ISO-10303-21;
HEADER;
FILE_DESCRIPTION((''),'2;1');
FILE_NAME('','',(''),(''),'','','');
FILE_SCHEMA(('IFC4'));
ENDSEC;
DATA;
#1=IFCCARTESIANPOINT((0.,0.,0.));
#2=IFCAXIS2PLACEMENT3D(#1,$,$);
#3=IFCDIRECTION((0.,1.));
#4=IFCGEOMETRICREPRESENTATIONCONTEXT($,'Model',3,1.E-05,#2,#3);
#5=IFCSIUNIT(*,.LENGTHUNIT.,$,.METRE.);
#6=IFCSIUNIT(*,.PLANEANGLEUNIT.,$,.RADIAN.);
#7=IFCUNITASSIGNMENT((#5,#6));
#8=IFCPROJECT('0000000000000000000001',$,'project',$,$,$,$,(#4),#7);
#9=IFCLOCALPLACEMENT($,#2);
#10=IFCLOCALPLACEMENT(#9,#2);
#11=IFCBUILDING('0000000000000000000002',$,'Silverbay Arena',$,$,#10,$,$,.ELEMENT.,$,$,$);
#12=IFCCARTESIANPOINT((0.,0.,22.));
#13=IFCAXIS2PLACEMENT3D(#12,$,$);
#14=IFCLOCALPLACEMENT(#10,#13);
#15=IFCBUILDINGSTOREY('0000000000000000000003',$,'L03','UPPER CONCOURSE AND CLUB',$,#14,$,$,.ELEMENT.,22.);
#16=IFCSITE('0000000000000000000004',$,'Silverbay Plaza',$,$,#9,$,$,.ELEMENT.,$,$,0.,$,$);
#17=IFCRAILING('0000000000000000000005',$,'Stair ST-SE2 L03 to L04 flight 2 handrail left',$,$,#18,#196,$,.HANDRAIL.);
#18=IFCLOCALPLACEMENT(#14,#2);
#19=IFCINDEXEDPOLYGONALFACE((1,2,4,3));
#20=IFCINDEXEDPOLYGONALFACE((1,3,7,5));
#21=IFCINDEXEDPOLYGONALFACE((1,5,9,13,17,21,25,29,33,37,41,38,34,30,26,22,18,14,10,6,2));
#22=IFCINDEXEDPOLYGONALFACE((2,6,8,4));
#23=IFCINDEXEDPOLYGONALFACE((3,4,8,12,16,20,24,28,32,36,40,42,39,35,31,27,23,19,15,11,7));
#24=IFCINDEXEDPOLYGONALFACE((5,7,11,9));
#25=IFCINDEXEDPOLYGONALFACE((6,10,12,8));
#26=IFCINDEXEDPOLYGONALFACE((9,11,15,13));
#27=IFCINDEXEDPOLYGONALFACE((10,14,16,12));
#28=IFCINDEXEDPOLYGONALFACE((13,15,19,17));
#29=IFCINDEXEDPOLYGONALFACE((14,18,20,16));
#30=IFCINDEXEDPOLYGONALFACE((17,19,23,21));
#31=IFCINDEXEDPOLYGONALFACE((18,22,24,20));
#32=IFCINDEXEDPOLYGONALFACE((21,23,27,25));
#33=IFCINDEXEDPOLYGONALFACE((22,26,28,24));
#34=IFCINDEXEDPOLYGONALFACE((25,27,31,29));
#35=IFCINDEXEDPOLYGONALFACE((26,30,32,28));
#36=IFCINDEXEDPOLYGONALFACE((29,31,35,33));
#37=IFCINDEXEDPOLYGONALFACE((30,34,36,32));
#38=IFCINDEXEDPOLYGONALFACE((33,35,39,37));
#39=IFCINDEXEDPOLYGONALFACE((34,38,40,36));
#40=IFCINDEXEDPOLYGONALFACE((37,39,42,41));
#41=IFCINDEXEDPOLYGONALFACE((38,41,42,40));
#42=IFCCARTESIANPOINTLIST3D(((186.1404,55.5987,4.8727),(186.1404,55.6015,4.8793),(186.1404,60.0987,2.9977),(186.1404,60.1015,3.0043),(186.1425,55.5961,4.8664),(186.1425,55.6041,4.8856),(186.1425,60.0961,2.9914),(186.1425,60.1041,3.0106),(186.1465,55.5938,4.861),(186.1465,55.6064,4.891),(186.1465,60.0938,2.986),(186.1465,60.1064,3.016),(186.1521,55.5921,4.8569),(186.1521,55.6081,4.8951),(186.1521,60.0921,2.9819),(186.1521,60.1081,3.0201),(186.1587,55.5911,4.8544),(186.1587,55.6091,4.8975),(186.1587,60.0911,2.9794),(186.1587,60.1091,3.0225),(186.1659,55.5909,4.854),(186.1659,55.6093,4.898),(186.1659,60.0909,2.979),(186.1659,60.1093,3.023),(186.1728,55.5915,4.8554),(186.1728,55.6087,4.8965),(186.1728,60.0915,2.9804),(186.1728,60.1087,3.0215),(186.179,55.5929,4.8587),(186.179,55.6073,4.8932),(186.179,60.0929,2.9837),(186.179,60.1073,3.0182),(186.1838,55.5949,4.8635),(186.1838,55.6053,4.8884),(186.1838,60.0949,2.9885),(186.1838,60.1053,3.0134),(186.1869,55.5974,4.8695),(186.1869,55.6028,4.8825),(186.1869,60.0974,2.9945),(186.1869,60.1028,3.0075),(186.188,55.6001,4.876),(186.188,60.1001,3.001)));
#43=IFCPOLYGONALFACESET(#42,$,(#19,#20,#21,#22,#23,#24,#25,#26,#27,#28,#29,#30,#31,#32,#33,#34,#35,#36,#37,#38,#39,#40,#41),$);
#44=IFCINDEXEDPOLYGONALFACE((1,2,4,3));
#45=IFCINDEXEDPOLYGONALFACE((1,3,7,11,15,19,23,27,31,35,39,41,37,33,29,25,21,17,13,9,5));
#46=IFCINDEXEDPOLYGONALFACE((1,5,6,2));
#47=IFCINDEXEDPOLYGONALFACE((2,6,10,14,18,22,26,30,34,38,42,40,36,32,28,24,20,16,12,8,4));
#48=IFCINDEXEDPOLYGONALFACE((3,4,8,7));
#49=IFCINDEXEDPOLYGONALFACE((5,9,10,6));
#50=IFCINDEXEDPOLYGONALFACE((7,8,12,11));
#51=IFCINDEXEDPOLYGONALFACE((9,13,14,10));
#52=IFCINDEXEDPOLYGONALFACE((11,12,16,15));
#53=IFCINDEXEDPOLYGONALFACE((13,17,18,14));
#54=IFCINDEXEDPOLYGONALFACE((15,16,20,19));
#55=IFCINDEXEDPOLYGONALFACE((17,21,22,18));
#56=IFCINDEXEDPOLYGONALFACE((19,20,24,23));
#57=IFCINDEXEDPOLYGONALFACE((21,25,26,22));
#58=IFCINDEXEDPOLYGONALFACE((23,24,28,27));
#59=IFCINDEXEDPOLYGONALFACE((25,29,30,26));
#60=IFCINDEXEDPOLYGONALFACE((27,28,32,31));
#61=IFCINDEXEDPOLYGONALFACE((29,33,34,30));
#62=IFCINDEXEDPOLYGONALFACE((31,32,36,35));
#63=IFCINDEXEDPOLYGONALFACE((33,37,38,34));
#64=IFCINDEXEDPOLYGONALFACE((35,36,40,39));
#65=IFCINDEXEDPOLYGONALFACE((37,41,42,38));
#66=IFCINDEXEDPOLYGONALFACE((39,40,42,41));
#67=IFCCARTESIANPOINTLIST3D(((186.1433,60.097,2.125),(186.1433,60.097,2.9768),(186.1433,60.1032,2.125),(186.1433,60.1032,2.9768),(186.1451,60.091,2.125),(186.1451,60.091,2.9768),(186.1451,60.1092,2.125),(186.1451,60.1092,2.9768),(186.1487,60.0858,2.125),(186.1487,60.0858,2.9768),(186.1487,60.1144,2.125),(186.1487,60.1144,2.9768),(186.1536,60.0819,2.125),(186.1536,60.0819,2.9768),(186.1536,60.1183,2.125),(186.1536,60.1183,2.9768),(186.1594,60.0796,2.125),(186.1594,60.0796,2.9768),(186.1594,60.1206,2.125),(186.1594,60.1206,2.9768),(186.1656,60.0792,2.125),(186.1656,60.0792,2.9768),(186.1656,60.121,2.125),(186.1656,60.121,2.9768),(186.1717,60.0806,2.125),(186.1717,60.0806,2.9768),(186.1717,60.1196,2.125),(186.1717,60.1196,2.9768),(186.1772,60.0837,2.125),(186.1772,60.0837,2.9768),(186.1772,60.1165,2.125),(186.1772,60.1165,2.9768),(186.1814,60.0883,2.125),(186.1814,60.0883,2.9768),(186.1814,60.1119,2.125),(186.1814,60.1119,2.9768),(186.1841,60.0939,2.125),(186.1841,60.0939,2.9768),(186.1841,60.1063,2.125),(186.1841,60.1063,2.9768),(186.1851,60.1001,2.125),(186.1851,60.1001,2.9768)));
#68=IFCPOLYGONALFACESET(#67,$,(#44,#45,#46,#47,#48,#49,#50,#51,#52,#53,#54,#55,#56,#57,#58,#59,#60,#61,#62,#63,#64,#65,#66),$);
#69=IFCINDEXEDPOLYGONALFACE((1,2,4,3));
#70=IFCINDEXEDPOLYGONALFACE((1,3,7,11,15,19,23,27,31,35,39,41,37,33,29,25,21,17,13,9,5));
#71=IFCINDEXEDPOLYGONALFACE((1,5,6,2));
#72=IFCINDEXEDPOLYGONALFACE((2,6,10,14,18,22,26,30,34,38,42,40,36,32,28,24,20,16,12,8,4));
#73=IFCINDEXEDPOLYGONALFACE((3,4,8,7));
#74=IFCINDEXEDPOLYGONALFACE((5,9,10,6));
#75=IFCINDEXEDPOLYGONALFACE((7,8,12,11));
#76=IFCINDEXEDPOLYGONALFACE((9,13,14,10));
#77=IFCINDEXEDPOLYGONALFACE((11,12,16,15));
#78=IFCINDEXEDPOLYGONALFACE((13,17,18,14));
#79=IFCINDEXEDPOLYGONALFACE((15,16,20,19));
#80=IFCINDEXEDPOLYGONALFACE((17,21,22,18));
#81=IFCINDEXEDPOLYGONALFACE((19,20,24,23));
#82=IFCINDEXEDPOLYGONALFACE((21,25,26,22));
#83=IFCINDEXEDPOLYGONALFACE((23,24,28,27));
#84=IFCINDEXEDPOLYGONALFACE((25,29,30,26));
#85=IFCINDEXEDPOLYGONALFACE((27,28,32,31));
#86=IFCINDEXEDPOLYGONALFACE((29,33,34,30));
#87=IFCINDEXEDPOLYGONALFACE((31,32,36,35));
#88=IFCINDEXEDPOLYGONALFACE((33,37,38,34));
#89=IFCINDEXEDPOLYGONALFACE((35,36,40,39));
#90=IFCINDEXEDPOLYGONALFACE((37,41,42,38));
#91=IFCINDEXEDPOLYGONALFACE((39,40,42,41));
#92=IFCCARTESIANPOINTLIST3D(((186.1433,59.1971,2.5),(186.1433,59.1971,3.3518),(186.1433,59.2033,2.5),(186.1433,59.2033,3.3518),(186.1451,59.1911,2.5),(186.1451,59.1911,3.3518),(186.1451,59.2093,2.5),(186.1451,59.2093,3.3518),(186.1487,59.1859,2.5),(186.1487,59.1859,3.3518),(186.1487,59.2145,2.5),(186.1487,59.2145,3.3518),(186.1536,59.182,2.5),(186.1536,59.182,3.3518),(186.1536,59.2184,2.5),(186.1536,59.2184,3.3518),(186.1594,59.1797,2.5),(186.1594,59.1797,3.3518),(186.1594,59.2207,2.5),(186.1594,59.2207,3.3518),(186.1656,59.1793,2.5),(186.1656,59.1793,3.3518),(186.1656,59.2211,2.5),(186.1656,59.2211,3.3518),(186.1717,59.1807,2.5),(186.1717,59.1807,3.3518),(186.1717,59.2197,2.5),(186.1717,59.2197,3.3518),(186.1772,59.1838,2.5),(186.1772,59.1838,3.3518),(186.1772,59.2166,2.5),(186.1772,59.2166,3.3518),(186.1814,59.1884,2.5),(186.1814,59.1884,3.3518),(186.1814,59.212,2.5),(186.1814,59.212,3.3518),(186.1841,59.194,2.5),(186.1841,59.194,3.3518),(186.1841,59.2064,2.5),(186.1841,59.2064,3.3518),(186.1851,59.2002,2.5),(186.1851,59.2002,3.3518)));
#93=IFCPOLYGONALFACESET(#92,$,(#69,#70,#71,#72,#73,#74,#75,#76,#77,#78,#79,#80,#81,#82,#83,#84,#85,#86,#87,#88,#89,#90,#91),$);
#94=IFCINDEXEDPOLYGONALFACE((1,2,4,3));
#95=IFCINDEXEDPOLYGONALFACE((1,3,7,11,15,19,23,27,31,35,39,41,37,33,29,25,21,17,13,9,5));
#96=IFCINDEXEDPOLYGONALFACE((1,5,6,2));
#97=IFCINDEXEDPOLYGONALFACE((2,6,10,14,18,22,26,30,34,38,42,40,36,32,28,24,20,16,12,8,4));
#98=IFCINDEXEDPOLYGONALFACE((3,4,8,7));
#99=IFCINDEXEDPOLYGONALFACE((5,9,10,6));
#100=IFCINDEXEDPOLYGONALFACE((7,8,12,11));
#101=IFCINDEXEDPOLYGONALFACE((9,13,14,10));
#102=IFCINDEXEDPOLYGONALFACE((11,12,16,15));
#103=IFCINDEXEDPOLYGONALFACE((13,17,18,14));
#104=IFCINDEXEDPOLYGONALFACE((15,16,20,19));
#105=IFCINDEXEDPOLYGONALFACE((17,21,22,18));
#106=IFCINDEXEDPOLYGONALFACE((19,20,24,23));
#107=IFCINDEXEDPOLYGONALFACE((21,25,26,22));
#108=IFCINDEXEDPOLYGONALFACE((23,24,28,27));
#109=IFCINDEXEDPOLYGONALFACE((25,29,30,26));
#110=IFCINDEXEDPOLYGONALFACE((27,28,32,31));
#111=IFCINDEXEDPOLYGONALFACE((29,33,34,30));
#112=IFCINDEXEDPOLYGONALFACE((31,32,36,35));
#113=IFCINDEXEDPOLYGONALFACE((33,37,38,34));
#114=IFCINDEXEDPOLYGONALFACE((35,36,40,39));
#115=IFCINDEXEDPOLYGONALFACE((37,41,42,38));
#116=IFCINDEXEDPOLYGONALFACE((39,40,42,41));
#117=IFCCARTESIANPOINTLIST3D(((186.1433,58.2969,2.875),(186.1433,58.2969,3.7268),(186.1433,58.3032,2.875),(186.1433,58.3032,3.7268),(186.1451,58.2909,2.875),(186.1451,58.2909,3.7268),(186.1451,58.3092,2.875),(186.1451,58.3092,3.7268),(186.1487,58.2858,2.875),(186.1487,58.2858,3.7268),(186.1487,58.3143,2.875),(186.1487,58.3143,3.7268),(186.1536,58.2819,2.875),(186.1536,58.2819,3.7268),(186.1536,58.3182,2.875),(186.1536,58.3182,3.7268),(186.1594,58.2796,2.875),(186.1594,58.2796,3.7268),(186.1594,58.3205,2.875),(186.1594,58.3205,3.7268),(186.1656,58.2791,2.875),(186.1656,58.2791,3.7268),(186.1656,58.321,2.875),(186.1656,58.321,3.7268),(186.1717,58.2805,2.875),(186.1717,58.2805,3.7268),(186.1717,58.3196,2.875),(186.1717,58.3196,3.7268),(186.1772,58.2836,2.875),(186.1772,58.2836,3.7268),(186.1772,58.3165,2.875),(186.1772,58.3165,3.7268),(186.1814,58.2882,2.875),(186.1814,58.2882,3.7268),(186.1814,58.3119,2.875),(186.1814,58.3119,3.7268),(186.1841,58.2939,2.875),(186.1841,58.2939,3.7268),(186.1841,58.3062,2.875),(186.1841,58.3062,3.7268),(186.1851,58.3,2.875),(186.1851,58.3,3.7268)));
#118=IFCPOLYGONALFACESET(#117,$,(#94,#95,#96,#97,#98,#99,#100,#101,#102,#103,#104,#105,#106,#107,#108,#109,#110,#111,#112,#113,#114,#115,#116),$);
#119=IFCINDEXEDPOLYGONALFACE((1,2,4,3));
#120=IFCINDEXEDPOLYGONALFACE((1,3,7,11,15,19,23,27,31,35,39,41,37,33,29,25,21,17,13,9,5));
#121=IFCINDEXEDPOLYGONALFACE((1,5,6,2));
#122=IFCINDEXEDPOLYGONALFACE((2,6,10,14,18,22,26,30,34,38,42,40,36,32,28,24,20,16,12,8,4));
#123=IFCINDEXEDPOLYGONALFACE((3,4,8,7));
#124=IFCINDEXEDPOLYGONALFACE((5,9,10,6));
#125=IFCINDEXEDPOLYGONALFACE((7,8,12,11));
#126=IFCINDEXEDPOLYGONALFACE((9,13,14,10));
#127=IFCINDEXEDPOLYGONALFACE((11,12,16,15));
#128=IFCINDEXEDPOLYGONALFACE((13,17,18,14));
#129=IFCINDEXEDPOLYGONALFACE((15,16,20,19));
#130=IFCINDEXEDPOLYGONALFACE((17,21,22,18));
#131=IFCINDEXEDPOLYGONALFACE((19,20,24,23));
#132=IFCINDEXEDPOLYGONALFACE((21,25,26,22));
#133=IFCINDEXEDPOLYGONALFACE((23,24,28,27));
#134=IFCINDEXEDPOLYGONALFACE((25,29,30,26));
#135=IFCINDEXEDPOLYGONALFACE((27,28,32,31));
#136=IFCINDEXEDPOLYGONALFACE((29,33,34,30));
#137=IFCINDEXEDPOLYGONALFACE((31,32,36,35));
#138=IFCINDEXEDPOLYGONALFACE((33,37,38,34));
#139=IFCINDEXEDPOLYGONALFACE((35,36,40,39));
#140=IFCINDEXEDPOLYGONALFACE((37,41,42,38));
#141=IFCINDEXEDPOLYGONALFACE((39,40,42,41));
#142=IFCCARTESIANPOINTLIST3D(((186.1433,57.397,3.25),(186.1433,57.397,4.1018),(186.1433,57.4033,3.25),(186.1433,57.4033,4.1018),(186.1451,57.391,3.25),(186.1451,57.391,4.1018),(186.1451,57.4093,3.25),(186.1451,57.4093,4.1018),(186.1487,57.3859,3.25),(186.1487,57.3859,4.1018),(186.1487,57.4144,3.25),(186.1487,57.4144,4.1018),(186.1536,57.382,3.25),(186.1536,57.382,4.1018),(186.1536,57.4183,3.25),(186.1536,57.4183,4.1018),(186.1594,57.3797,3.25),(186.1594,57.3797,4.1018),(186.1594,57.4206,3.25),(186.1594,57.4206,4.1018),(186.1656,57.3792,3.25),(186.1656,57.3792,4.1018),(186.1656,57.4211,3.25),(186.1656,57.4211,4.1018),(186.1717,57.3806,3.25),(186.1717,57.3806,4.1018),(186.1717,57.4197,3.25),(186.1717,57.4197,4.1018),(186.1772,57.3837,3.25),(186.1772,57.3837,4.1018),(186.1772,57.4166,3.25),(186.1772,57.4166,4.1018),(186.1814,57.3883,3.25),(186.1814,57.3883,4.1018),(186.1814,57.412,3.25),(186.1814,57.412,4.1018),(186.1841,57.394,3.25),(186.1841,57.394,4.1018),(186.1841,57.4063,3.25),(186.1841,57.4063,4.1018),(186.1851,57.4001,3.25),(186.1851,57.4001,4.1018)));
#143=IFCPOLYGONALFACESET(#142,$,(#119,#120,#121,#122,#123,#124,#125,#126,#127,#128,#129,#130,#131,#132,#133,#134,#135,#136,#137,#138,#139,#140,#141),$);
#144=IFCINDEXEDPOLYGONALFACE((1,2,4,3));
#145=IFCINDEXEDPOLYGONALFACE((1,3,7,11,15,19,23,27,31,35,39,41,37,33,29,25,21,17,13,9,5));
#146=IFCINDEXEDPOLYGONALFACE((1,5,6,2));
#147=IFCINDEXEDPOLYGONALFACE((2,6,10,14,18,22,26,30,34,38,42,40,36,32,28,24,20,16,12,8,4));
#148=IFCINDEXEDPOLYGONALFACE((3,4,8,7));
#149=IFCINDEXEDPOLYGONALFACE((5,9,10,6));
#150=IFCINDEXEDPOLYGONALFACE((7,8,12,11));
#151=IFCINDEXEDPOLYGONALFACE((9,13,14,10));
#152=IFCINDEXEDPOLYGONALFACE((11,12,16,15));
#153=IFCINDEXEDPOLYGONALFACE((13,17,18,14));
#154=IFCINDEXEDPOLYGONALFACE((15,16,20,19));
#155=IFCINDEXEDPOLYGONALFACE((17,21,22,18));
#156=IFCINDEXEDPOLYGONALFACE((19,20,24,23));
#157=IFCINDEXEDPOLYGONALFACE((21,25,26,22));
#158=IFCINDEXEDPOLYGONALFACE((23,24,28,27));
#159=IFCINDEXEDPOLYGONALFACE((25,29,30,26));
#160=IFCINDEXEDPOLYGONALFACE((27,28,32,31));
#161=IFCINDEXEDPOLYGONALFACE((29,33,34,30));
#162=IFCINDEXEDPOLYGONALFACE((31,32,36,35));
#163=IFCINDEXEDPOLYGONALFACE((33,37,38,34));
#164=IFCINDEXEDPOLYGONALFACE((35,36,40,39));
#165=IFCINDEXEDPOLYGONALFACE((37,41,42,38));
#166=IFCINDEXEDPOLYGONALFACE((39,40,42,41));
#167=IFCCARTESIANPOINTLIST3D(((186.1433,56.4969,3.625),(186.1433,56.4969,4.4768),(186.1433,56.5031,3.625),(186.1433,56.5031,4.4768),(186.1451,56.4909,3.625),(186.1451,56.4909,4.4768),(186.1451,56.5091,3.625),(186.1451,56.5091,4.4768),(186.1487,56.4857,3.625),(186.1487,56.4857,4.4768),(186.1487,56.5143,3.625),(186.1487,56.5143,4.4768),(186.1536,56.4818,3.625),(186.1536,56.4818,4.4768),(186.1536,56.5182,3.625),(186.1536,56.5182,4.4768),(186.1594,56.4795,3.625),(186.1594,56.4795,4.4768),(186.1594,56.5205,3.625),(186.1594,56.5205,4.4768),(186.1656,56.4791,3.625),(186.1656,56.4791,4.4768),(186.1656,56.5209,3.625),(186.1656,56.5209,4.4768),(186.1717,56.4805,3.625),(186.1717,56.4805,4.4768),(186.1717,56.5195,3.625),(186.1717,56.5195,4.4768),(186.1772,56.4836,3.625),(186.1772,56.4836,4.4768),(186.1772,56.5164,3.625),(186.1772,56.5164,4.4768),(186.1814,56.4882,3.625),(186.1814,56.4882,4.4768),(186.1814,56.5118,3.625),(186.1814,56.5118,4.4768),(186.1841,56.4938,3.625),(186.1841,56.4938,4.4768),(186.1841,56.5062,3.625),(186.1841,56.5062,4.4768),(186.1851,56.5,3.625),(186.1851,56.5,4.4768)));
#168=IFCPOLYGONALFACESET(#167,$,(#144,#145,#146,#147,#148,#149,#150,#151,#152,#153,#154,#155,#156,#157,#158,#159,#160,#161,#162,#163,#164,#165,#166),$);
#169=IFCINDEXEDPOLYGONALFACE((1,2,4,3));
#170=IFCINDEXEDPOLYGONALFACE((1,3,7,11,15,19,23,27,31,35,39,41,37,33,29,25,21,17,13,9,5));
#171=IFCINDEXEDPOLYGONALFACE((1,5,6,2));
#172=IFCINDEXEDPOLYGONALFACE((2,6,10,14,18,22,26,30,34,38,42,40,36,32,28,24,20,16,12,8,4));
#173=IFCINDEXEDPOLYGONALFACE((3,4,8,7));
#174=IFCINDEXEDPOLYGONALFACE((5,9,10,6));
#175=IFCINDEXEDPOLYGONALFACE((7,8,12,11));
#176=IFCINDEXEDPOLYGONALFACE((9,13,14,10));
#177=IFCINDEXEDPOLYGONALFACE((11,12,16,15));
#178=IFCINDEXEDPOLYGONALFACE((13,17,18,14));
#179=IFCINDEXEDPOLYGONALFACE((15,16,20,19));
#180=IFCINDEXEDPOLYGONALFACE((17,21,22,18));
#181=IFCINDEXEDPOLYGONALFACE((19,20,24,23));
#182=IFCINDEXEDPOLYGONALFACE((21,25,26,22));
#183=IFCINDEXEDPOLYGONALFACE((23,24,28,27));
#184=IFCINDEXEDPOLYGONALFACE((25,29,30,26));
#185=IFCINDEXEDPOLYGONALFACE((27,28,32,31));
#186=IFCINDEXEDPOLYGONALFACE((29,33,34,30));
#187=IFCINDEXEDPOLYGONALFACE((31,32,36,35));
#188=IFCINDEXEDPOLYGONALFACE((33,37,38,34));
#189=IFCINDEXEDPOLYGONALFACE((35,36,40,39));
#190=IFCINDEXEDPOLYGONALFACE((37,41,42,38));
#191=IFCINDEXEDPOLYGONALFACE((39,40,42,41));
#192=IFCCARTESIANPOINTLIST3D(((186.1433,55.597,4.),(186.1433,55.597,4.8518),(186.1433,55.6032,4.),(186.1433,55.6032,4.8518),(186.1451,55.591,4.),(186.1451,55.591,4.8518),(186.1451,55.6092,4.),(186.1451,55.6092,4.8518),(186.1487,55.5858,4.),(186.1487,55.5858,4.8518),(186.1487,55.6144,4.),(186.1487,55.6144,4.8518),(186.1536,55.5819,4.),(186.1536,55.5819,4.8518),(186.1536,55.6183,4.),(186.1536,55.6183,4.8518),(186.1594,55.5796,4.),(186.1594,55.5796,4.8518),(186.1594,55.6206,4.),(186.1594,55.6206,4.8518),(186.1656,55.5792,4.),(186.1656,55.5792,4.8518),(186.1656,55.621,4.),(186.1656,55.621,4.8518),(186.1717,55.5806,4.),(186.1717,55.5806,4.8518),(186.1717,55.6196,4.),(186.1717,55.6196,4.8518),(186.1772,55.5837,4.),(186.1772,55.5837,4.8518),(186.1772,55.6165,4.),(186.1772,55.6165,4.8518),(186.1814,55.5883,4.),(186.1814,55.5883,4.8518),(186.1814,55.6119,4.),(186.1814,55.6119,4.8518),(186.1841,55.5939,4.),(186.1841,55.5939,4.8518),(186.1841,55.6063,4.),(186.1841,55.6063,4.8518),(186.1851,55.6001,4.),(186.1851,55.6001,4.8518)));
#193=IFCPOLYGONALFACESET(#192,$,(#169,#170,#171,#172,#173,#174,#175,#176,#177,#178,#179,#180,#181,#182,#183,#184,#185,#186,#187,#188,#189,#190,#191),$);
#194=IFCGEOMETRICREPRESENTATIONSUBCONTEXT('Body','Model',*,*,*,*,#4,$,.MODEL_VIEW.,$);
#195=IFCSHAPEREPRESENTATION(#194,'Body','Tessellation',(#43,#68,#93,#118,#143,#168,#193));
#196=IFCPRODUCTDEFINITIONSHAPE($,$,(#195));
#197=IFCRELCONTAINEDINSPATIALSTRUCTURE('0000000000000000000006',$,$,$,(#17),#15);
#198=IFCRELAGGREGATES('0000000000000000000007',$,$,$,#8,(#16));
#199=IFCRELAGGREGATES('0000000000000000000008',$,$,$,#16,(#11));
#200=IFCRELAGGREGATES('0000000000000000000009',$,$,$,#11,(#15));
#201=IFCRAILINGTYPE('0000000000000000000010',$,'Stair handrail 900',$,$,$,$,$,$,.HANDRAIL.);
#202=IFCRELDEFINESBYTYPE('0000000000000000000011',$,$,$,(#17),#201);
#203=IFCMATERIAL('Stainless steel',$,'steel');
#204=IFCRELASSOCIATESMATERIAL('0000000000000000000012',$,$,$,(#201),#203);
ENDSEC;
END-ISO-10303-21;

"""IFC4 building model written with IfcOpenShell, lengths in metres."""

from ifc_helpers import new_model, si_unit, direction, frame, origin, origin_2d, place, context, subcontext, project, spatial, circle, extrude, material, type_object, element, save


model = new_model("IFC4")

# Units and contexts
model_context = context("Model", 3, precision=1e-05, world=origin(), true_north=direction((0.0, 1.0)))
body_context = subcontext(model_context, "Body", "Model", "MODEL_VIEW")
ifc_project = project(units=[si_unit("LENGTHUNIT", "METRE"), si_unit("PLANEANGLEUNIT", "RADIAN")], contexts=[model_context])

# Site, building, storey
site_placement = place(None, origin())
site = spatial("IfcSite", under=ifc_project, at=site_placement, Name="Silverbay Plaza", CompositionType="ELEMENT", RefElevation=0.0)
building_placement = place(site_placement, origin())
building = spatial("IfcBuilding", under=site, at=building_placement, Name="Silverbay Arena", CompositionType="ELEMENT")
storey_placement = place(building_placement, frame((0.0, 0.0, 22.0)))
storey = spatial("IfcBuildingStorey", under=building, at=storey_placement, Name="L03", Description="UPPER CONCOURSE AND CLUB", CompositionType="ELEMENT", Elevation=22.0)

# Railing
ifc_material_1 = material(Name="Stainless steel", Category="steel")
railing_type_1 = type_object("IfcRailingType", Name="Stair handrail 900", PredefinedType="HANDRAIL", material=ifc_material_1)
for number, where, name in (
    (1, (186.1641, 60.1001, 2.125), "Stair ST-SE2 L03 to L04 flight 2 handrail left"),
):
    element("IfcRailing", number, at=place(storey_placement, frame(where)), inside=storey, type_object=railing_type_1, Name=name, PredefinedType="HANDRAIL", context=body_context, shape_type="SweptSolid", body=[
        extrude(circle(Radius=0.0239, at=origin_2d()), frame((0.0, 0.0, 0.876), z_axis=(0.0, -0.923077, 0.384615), x_axis=(1.0, 0.0, 0.0)), (0.0, 0.0, 1.0), 4.875),
        extrude(circle(Radius=0.021, at=origin_2d()), origin(), (0.0, 0.0, 1.0), 0.8518),
        extrude(circle(Radius=0.021, at=origin_2d()), frame((0.0, -0.8999, 0.375)), (0.0, 0.0, 1.0), 0.8518),
        extrude(circle(Radius=0.021, at=origin_2d()), frame((0.0, -1.8, 0.75)), (0.0, 0.0, 1.0), 0.8518),
        extrude(circle(Radius=0.021, at=origin_2d()), frame((0.0, -2.7, 1.125)), (0.0, 0.0, 1.0), 0.8518),
        extrude(circle(Radius=0.021, at=origin_2d()), frame((0.0, -3.6001, 1.5)), (0.0, 0.0, 1.0), 0.8518),
        extrude(circle(Radius=0.021, at=origin_2d()), frame((0.0, -4.5, 1.875)), (0.0, 0.0, 1.0), 0.8518),
    ])

save(model, "model.ifc")
